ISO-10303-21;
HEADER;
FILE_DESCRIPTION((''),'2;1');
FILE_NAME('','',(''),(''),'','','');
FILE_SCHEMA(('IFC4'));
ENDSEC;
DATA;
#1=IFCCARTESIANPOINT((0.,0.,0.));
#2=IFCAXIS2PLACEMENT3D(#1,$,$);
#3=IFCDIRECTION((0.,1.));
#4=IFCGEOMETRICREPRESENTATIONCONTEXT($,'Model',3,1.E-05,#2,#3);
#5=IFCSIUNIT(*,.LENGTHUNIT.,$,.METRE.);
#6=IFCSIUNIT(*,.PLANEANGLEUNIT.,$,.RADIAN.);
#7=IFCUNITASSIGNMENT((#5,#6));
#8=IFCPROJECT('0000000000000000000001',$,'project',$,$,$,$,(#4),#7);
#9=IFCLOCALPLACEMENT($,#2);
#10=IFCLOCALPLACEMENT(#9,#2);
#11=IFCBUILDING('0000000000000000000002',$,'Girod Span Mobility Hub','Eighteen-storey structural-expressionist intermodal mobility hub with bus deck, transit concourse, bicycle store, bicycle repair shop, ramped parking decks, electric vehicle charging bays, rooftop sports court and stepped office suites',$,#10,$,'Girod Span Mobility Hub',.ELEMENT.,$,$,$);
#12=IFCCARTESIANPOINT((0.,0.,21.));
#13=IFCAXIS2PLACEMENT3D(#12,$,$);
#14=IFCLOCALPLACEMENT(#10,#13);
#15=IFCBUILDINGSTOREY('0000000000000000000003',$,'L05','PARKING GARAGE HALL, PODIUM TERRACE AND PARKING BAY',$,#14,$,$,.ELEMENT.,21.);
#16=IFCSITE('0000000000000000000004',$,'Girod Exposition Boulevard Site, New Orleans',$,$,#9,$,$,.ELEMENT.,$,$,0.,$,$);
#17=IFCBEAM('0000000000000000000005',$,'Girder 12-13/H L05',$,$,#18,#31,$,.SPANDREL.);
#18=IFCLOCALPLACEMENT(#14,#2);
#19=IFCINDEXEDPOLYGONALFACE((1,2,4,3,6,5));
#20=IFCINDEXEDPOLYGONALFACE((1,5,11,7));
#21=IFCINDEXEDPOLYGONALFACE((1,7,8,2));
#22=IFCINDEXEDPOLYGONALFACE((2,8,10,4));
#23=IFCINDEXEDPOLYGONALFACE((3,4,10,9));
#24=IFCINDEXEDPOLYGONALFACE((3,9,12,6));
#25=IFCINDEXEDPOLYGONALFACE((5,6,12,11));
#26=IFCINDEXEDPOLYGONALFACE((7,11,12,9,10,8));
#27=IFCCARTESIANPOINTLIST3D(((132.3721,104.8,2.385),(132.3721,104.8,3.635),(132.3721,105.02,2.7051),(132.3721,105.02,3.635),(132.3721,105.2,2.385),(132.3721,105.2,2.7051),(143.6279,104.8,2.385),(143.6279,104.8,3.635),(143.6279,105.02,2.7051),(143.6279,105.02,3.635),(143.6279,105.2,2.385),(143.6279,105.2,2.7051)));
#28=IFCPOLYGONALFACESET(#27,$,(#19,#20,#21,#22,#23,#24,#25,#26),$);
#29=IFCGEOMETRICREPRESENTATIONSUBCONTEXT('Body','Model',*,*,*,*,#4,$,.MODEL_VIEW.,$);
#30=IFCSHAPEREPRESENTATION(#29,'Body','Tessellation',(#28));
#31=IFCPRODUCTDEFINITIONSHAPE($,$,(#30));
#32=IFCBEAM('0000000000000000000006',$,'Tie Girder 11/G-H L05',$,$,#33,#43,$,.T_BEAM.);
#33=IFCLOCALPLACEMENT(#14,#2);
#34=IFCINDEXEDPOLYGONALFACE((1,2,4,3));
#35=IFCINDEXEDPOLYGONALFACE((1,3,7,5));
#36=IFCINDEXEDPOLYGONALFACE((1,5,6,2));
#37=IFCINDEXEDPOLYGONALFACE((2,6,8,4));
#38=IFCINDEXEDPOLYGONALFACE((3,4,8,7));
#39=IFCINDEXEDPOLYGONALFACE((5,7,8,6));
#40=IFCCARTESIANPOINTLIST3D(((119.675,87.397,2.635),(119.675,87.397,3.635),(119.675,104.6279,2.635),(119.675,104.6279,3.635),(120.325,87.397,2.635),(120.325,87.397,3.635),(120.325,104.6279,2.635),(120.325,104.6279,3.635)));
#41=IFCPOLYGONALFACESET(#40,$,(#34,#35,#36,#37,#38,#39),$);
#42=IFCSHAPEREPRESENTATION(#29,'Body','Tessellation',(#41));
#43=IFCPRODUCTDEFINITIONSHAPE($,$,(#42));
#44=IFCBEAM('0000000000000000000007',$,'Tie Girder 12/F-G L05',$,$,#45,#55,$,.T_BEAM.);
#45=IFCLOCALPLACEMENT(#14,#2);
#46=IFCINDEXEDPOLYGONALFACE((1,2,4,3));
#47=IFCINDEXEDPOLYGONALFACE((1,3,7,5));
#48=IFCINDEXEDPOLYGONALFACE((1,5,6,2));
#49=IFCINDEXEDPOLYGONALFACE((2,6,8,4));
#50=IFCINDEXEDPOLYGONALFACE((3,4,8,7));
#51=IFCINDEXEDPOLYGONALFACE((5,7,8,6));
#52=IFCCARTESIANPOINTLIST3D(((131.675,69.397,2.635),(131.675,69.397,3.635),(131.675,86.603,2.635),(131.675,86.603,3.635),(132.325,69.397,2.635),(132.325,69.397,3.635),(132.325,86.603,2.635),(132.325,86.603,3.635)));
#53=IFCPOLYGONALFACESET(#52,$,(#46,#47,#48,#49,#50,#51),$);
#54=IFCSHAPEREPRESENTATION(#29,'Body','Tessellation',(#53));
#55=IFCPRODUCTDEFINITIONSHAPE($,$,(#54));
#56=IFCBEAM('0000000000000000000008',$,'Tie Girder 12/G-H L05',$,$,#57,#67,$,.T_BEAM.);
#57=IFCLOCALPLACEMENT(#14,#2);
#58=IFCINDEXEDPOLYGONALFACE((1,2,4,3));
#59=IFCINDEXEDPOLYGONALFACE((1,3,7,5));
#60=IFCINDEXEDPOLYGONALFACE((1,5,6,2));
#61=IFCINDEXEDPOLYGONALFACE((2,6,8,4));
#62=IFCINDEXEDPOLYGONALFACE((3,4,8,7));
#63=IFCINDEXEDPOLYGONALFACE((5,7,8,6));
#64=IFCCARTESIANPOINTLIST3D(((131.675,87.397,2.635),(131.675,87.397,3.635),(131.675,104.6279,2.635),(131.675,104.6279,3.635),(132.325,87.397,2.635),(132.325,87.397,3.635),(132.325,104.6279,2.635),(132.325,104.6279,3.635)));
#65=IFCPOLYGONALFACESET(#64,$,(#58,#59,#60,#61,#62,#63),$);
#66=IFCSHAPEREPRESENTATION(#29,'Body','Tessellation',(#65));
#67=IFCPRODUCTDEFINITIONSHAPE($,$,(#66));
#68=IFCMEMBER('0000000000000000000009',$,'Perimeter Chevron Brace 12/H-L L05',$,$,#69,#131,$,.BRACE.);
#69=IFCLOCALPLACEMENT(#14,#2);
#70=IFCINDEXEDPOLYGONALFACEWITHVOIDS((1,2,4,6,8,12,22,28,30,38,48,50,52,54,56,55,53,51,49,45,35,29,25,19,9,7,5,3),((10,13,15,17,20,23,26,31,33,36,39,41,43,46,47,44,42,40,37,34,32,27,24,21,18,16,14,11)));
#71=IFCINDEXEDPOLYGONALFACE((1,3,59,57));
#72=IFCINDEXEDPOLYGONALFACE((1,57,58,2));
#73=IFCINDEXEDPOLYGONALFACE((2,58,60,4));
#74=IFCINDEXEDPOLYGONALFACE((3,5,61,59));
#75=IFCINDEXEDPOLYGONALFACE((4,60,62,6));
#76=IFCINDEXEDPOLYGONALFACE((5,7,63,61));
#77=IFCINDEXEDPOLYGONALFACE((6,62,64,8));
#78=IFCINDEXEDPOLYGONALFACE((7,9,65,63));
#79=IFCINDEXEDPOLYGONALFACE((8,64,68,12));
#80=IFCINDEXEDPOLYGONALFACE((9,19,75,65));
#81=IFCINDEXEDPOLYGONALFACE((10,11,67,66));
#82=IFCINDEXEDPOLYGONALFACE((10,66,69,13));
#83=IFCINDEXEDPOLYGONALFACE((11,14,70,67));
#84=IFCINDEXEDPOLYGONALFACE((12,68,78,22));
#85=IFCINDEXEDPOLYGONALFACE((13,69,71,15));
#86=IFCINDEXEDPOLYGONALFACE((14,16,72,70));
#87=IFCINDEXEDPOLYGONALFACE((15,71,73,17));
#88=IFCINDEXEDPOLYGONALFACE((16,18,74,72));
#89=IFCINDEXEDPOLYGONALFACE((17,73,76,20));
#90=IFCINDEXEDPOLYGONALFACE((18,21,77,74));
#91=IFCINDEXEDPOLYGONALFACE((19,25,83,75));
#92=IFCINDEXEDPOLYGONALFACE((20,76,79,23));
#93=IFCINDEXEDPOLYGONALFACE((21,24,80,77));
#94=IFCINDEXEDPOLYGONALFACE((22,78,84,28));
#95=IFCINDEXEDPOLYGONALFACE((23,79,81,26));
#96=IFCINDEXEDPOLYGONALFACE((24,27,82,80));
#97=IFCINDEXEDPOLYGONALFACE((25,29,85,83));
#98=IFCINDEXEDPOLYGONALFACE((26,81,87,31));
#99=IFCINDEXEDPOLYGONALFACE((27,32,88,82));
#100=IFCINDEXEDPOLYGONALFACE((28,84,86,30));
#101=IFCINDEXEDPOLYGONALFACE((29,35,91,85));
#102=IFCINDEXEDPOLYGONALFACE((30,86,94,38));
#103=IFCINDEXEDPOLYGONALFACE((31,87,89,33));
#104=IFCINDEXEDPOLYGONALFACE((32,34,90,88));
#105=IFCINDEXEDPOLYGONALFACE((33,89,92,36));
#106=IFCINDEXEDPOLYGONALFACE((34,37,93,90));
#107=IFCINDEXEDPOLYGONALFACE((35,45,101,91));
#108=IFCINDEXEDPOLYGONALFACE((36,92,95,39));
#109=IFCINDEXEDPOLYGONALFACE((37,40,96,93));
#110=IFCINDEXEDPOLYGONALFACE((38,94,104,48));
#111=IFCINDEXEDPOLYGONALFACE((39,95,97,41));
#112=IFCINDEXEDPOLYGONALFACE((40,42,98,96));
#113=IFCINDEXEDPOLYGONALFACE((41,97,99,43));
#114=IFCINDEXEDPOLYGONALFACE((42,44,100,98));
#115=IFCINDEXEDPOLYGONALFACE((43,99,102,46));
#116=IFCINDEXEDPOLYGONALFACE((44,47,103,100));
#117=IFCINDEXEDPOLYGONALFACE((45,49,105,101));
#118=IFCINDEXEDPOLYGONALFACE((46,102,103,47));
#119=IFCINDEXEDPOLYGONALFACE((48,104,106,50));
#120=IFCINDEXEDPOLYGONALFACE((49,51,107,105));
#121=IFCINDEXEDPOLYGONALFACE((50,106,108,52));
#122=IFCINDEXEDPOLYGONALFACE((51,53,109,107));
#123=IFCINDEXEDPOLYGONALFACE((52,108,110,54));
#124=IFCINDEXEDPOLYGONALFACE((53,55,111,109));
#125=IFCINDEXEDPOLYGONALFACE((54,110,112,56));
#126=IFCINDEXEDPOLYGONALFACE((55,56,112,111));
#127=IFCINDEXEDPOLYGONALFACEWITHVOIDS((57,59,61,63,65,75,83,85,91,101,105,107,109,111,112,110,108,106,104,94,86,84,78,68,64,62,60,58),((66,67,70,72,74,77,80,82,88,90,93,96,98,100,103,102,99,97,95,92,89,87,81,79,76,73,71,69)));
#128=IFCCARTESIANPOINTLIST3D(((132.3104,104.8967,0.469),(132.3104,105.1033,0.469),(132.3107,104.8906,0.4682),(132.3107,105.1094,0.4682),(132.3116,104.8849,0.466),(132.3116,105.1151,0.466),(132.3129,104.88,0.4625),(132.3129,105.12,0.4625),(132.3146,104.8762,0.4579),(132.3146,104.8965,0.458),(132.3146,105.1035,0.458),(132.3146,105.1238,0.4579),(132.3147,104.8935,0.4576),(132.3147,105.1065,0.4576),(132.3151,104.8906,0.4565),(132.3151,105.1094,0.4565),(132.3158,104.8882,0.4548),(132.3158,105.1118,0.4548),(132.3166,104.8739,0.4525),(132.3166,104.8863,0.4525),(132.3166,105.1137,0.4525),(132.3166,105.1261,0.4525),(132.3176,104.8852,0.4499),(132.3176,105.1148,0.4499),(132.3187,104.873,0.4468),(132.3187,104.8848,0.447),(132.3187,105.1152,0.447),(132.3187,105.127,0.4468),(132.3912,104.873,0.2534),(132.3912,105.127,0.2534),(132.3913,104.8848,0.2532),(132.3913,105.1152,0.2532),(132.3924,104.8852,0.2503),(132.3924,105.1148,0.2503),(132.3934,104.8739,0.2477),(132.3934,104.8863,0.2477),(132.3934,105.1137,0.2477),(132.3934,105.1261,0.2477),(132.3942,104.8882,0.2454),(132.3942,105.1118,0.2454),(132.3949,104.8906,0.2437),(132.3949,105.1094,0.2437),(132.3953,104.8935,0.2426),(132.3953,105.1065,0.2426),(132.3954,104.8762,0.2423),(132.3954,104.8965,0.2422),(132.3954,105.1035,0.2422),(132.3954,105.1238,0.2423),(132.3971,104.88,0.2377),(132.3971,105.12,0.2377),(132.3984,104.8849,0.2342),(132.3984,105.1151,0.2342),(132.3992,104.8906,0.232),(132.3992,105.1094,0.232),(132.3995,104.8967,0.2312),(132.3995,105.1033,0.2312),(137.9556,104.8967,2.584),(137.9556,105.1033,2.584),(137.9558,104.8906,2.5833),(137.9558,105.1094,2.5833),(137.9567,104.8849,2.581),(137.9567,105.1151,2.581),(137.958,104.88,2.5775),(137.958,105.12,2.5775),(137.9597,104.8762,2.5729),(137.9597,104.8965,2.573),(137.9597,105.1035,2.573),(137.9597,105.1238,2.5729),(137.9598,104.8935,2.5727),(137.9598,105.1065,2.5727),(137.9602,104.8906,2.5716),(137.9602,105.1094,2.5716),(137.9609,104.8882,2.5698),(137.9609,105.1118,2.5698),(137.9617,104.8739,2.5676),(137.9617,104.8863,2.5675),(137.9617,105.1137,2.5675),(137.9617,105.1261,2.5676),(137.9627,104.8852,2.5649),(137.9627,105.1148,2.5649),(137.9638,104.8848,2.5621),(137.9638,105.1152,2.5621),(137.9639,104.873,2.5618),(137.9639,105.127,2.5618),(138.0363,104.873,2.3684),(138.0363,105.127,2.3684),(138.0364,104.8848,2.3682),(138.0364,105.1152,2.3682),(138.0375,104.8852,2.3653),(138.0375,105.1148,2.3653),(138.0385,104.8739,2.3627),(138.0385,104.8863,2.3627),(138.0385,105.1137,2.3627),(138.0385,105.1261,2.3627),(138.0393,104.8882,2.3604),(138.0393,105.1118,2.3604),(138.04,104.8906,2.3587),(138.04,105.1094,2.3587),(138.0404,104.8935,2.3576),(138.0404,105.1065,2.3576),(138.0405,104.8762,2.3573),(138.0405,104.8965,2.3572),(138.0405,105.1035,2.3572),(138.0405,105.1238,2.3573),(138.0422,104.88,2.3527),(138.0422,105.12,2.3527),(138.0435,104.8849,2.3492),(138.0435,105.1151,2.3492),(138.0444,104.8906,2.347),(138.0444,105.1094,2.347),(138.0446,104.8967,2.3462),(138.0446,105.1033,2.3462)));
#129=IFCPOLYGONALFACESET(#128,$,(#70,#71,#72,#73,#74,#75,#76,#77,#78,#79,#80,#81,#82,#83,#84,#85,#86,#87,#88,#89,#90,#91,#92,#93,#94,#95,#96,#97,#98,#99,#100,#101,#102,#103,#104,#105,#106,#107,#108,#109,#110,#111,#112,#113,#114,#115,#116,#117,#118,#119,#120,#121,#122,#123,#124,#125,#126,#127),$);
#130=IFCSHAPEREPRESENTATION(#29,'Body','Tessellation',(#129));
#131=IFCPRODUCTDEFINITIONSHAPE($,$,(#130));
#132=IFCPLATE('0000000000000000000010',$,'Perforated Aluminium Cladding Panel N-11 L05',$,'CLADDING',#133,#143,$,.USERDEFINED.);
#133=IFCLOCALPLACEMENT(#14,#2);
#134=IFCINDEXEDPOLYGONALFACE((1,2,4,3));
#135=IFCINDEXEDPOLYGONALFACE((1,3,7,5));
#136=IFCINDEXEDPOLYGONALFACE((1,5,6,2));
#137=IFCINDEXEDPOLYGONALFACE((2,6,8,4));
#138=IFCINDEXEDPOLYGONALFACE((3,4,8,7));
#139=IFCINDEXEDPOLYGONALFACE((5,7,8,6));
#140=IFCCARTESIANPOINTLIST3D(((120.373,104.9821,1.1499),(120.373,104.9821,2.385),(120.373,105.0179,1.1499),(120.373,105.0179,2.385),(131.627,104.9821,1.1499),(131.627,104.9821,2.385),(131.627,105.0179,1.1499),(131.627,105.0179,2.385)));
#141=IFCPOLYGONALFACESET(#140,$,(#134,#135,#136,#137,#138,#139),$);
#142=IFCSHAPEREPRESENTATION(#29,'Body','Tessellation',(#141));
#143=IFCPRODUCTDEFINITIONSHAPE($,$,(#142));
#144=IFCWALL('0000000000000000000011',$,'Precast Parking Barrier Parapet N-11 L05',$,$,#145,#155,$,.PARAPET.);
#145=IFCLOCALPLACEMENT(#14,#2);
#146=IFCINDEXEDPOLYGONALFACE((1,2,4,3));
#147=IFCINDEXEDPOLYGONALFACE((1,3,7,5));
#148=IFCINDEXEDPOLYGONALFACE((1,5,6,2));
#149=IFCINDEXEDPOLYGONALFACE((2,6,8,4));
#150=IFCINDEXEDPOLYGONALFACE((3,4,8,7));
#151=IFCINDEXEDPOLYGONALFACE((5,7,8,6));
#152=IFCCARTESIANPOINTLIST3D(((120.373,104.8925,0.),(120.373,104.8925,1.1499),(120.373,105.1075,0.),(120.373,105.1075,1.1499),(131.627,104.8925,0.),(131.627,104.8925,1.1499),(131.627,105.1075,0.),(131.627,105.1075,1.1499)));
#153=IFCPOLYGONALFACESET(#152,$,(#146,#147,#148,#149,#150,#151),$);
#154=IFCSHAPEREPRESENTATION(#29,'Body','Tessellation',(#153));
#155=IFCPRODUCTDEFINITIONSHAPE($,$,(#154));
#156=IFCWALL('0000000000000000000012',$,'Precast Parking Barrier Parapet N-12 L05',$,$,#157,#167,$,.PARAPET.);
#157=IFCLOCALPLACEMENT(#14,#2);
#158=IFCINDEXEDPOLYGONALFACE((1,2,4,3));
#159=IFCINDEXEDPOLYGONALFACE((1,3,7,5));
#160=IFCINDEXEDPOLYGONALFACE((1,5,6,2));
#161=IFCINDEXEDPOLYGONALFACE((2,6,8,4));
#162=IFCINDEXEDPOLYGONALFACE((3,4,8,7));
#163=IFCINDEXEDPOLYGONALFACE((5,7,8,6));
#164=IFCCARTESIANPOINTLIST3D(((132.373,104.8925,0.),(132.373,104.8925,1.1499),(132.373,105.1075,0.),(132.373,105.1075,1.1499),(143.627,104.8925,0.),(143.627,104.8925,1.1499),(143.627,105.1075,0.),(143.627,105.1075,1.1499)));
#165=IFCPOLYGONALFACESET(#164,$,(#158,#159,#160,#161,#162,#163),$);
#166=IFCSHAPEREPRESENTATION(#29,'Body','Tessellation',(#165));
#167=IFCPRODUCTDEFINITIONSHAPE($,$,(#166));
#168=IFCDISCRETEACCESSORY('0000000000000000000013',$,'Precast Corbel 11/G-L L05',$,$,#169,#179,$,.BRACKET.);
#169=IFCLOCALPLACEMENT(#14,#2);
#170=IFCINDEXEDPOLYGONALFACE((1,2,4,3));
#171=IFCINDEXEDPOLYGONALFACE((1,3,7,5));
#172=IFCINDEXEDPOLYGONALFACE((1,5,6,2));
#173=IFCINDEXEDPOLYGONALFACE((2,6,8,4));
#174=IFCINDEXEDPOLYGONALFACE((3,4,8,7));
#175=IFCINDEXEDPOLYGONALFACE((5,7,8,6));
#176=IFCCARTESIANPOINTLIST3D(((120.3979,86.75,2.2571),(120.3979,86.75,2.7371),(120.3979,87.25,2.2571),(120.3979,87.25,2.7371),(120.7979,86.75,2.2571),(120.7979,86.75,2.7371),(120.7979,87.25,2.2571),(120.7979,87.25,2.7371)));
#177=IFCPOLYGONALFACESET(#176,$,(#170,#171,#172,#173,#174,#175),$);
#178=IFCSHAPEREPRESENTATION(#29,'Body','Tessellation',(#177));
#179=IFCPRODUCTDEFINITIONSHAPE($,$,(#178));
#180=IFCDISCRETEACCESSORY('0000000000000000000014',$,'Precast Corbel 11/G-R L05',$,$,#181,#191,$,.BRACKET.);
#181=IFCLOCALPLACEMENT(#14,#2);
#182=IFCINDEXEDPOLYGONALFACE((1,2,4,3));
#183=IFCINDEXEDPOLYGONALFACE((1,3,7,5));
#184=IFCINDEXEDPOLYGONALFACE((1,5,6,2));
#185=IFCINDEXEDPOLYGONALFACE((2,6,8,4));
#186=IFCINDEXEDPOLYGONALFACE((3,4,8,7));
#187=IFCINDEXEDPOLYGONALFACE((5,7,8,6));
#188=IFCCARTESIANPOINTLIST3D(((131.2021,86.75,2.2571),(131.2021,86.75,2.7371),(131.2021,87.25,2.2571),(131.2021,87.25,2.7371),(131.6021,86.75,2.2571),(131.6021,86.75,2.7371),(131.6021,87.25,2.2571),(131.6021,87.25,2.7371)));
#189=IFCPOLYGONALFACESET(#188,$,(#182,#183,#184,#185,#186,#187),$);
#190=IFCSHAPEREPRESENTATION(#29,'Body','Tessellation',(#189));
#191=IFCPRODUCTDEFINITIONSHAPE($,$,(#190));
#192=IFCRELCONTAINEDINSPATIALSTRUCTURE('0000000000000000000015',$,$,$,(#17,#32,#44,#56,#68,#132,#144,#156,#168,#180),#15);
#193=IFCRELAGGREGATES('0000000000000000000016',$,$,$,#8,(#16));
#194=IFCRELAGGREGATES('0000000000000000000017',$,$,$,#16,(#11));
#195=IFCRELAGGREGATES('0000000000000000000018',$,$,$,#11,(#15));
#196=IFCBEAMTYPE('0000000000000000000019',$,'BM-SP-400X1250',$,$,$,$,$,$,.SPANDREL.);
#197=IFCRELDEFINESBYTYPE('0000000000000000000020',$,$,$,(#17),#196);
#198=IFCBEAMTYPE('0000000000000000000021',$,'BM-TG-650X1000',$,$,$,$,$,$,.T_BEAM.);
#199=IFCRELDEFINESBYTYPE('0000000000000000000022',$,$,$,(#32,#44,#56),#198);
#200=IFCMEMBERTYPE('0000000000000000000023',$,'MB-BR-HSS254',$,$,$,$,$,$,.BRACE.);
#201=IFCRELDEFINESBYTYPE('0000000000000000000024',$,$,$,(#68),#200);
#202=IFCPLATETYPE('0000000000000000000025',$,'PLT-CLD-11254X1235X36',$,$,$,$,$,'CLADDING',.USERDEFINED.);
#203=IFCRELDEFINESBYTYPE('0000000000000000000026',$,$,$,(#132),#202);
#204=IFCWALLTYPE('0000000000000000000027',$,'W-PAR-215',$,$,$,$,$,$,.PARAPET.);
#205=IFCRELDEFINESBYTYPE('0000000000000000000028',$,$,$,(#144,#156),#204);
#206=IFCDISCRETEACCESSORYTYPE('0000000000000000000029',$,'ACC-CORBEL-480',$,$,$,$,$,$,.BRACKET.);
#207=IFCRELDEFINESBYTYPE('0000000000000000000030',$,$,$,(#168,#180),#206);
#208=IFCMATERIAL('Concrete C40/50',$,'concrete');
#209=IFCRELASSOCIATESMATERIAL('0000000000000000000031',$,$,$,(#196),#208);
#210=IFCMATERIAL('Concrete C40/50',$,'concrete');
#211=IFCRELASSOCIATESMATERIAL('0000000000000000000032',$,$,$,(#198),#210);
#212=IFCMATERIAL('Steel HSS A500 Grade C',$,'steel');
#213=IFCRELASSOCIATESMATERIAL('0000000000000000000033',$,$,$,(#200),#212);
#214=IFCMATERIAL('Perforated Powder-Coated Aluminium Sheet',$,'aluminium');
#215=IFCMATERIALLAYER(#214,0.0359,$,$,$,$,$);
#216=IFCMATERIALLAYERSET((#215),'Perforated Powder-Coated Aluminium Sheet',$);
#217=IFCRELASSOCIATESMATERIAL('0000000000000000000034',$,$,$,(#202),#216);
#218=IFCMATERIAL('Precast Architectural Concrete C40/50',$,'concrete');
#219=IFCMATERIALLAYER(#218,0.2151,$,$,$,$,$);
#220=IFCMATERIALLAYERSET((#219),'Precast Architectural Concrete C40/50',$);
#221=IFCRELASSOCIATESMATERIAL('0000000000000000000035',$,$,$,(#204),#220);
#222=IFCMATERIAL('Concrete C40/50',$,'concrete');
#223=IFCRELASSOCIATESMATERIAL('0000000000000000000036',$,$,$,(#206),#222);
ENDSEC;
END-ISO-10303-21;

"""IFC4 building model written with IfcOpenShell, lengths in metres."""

from ifc_helpers import new_model, si_unit, direction, frame, frame_2d, origin, origin_2d, place, context, subcontext, project, spatial, polyline, rectangle, hollow_rectangle, outline, extrude, material, layer, layer_set, material_profile, profile_set, type_object, element, save


model = new_model("IFC4")

# Units and contexts
model_context = context("Model", 3, precision=1e-05, world=origin(), true_north=direction((0.0, 1.0)))
body_context = subcontext(model_context, "Body", "Model", "MODEL_VIEW")
ifc_project = project(units=[si_unit("LENGTHUNIT", "METRE"), si_unit("PLANEANGLEUNIT", "RADIAN")], contexts=[model_context])

# Site, building, storey
site_placement = place(None, origin())
site = spatial("IfcSite", under=ifc_project, at=site_placement, Name="Girod Exposition Boulevard Site, New Orleans", CompositionType="ELEMENT", RefElevation=0.0)
building_placement = place(site_placement, origin())
building = spatial("IfcBuilding", under=site, at=building_placement, Name="Girod Span Mobility Hub", Description="Eighteen-storey structural-expressionist intermodal mobility hub with bus deck, transit concourse, bicycle store, bicycle repair shop, ramped parking decks, electric vehicle charging bays, rooftop sports court and stepped office suites", LongName="Girod Span Mobility Hub", CompositionType="ELEMENT")
storey_placement = place(building_placement, frame((0.0, 0.0, 21.0)))
storey = spatial("IfcBuildingStorey", under=building, at=storey_placement, Name="L05", Description="PARKING GARAGE HALL, PODIUM TERRACE AND PARKING BAY", CompositionType="ELEMENT", Elevation=21.0)

# Beams
ifc_material_1 = material(Name="Concrete C40/50", Category="concrete")
ifc_material_profile_1 = material_profile(ifc_material_1, outline(polyline([(-0.2, -0.625), (0.2, -0.625), (0.2, -0.3049), (0.02, -0.3049), (0.02, 0.625), (-0.2, 0.625), (-0.2, -0.625)])), Name="SP-400X1250")
ifc_profile_set_1 = profile_set([ifc_material_profile_1], Name="Concrete C40/50")
beam_type_1 = type_object("IfcBeamType", Name="BM-SP-400X1250", PredefinedType="SPANDREL", material=ifc_profile_set_1)
for number, where, z_axis, x_axis, name in (
    (1, (132.3721, 105.0, 3.01), (1.0, 0.0, 0.0), (0.0, 1.0, 0.0), "Girder 12-13/H L05"),
):
    element("IfcBeam", number, at=place(storey_placement, frame(where, z_axis=z_axis, x_axis=x_axis)), inside=storey, type_object=beam_type_1, Name=name, PredefinedType="SPANDREL", context=body_context, shape_type="SweptSolid", body=[
        extrude(outline(polyline([(-0.2, -0.625), (0.2, -0.625), (0.2, -0.3049), (0.02, -0.3049), (0.02, 0.625), (-0.2, 0.625), (-0.2, -0.625)])), origin(), (0.0, 0.0, 1.0), 11.2559),
    ])
ifc_material_2 = material(Name="Concrete C40/50", Category="concrete")
ifc_material_profile_2 = material_profile(ifc_material_2, rectangle(XDim=0.6499, YDim=1.0, at=origin_2d()), Name="TG-650X1000")
ifc_profile_set_2 = profile_set([ifc_material_profile_2], Name="Concrete C40/50")
beam_type_2 = type_object("IfcBeamType", Name="BM-TG-650X1000", PredefinedType="T_BEAM", material=ifc_profile_set_2)
beam_1_placement = place(storey_placement, frame((120.0, 87.397, 3.135), z_axis=(0.0, 1.0, 0.0), x_axis=(-1.0, 0.0, 0.0)))
element("IfcBeam", 2, at=beam_1_placement, inside=storey, type_object=beam_type_2, Name="Tie Girder 11/G-H L05", PredefinedType="T_BEAM", context=body_context, shape_type="SweptSolid", body=[
    extrude(rectangle(XDim=0.6499, YDim=1.0, at=origin_2d()), origin(), (0.0, 0.0, 1.0), 17.231),
])
beam_2_placement = place(storey_placement, frame((132.0, 69.397, 3.135), z_axis=(0.0, 1.0, 0.0), x_axis=(-1.0, 0.0, 0.0)))
element("IfcBeam", 3, at=beam_2_placement, inside=storey, type_object=beam_type_2, Name="Tie Girder 12/F-G L05", PredefinedType="T_BEAM", context=body_context, shape_type="SweptSolid", body=[
    extrude(rectangle(XDim=0.6499, YDim=1.0, at=origin_2d()), origin(), (0.0, 0.0, 1.0), 17.2061),
])
beam_3_placement = place(storey_placement, frame((132.0, 87.397, 3.135), z_axis=(0.0, 1.0, 0.0), x_axis=(-1.0, 0.0, 0.0)))
element("IfcBeam", 4, at=beam_3_placement, inside=storey, type_object=beam_type_2, Name="Tie Girder 12/G-H L05", PredefinedType="T_BEAM", context=body_context, shape_type="SweptSolid", body=[
    extrude(rectangle(XDim=0.6499, YDim=1.0, at=origin_2d()), origin(), (0.0, 0.0, 1.0), 17.231),
])

# Member
ifc_material_3 = material(Name="Steel HSS A500 Grade C", Category="steel")
ifc_material_profile_3 = material_profile(ifc_material_3, hollow_rectangle(XDim=0.2539, YDim=0.2539, WallThickness=0.0117, InnerFilletRadius=0.0117, OuterFilletRadius=0.0237, at=origin_2d()), Name="HSS254X254X12.7")
ifc_profile_set_3 = profile_set([ifc_material_profile_3], Name="Steel HSS A500 Grade C")
member_type = type_object("IfcMemberType", Name="MB-BR-HSS254", PredefinedType="BRACE", material=ifc_profile_set_3)
member_placement = place(storey_placement, frame((132.355, 105.0, 0.3501), z_axis=(0.936432, 0.0, 0.350848), x_axis=(0.0, 1.0, 0.0)))
element("IfcMember", 5, at=member_placement, inside=storey, type_object=member_type, Name="Perimeter Chevron Brace 12/H-L L05", PredefinedType="BRACE", context=body_context, shape_type="SweptSolid", body=[
    extrude(hollow_rectangle(XDim=0.2539, YDim=0.2539, WallThickness=0.0117, InnerFilletRadius=0.0117, OuterFilletRadius=0.0237, at=origin_2d()), origin(), (0.0, 0.0, 1.0), 6.0283),
])

# Plate
ifc_material_4 = material(Name="Perforated Powder-Coated Aluminium Sheet", Category="aluminium")
ifc_layer_1 = layer(ifc_material_4, 0.0359)
ifc_layer_set_1 = layer_set([ifc_layer_1], Name="Perforated Powder-Coated Aluminium Sheet")
plate_type = type_object("IfcPlateType", Name="PLT-CLD-11254X1235X36", ElementType="CLADDING", PredefinedType="USERDEFINED", material=ifc_layer_set_1)
plate_placement = place(storey_placement, frame((126.0, 105.0, 1.1499), z_axis=(0.0, 0.0, 1.0), x_axis=(1.0, 0.0, 0.0)))
element("IfcPlate", 6, at=plate_placement, inside=storey, type_object=plate_type, Name="Perforated Aluminium Cladding Panel N-11 L05", ObjectType="CLADDING", PredefinedType="USERDEFINED", context=body_context, shape_type="SweptSolid", body=[
    extrude(rectangle(XDim=11.2539, YDim=0.0359, at=origin_2d()), origin(), (0.0, 0.0, 1.0), 1.2351),
])

# Walls
ifc_material_5 = material(Name="Precast Architectural Concrete C40/50", Category="concrete")
ifc_layer_2 = layer(ifc_material_5, 0.2151)
ifc_layer_set_2 = layer_set([ifc_layer_2], Name="Precast Architectural Concrete C40/50")
wall_type = type_object("IfcWallType", Name="W-PAR-215", PredefinedType="PARAPET", material=ifc_layer_set_2)
for number, where, z_axis, x_axis, name in (
    (7, (120.373, 105.0, 0.0), (0.0, 0.0, 1.0), (1.0, 0.0, 0.0), "Precast Parking Barrier Parapet N-11 L05"),
    (8, (132.373, 105.0, 0.0), (0.0, 0.0, 1.0), (1.0, 0.0, 0.0), "Precast Parking Barrier Parapet N-12 L05"),
):
    element("IfcWall", number, at=place(storey_placement, frame(where, z_axis=z_axis, x_axis=x_axis)), inside=storey, type_object=wall_type, Name=name, PredefinedType="PARAPET", context=body_context, shape_type="SweptSolid", body=[
        extrude(rectangle(XDim=11.2539, YDim=0.2151, at=frame_2d((5.627, 0.0))), origin(), (0.0, 0.0, 1.0), 1.1499),
    ])

# Discrete accessories
ifc_material_6 = material(Name="Concrete C40/50", Category="concrete")
discrete_accessory_type = type_object("IfcDiscreteAccessoryType", Name="ACC-CORBEL-480", PredefinedType="BRACKET", material=ifc_material_6)
for number, where, z_axis, x_axis, name in (
    (9, (120.5979, 87.0, 2.2571), (0.0, 0.0, 1.0), (1.0, 0.0, 0.0), "Precast Corbel 11/G-L L05"),
    (10, (131.4021, 87.0, 2.2571), (0.0, 0.0, 1.0), (1.0, 0.0, 0.0), "Precast Corbel 11/G-R L05"),
):
    element("IfcDiscreteAccessory", number, at=place(storey_placement, frame(where, z_axis=z_axis, x_axis=x_axis)), inside=storey, type_object=discrete_accessory_type, Name=name, PredefinedType="BRACKET", context=body_context, shape_type="SweptSolid", body=[
        extrude(rectangle(XDim=0.3999, YDim=0.5, at=origin_2d()), origin(), (0.0, 0.0, 1.0), 0.48),
    ])

save(model, "model.ifc")
